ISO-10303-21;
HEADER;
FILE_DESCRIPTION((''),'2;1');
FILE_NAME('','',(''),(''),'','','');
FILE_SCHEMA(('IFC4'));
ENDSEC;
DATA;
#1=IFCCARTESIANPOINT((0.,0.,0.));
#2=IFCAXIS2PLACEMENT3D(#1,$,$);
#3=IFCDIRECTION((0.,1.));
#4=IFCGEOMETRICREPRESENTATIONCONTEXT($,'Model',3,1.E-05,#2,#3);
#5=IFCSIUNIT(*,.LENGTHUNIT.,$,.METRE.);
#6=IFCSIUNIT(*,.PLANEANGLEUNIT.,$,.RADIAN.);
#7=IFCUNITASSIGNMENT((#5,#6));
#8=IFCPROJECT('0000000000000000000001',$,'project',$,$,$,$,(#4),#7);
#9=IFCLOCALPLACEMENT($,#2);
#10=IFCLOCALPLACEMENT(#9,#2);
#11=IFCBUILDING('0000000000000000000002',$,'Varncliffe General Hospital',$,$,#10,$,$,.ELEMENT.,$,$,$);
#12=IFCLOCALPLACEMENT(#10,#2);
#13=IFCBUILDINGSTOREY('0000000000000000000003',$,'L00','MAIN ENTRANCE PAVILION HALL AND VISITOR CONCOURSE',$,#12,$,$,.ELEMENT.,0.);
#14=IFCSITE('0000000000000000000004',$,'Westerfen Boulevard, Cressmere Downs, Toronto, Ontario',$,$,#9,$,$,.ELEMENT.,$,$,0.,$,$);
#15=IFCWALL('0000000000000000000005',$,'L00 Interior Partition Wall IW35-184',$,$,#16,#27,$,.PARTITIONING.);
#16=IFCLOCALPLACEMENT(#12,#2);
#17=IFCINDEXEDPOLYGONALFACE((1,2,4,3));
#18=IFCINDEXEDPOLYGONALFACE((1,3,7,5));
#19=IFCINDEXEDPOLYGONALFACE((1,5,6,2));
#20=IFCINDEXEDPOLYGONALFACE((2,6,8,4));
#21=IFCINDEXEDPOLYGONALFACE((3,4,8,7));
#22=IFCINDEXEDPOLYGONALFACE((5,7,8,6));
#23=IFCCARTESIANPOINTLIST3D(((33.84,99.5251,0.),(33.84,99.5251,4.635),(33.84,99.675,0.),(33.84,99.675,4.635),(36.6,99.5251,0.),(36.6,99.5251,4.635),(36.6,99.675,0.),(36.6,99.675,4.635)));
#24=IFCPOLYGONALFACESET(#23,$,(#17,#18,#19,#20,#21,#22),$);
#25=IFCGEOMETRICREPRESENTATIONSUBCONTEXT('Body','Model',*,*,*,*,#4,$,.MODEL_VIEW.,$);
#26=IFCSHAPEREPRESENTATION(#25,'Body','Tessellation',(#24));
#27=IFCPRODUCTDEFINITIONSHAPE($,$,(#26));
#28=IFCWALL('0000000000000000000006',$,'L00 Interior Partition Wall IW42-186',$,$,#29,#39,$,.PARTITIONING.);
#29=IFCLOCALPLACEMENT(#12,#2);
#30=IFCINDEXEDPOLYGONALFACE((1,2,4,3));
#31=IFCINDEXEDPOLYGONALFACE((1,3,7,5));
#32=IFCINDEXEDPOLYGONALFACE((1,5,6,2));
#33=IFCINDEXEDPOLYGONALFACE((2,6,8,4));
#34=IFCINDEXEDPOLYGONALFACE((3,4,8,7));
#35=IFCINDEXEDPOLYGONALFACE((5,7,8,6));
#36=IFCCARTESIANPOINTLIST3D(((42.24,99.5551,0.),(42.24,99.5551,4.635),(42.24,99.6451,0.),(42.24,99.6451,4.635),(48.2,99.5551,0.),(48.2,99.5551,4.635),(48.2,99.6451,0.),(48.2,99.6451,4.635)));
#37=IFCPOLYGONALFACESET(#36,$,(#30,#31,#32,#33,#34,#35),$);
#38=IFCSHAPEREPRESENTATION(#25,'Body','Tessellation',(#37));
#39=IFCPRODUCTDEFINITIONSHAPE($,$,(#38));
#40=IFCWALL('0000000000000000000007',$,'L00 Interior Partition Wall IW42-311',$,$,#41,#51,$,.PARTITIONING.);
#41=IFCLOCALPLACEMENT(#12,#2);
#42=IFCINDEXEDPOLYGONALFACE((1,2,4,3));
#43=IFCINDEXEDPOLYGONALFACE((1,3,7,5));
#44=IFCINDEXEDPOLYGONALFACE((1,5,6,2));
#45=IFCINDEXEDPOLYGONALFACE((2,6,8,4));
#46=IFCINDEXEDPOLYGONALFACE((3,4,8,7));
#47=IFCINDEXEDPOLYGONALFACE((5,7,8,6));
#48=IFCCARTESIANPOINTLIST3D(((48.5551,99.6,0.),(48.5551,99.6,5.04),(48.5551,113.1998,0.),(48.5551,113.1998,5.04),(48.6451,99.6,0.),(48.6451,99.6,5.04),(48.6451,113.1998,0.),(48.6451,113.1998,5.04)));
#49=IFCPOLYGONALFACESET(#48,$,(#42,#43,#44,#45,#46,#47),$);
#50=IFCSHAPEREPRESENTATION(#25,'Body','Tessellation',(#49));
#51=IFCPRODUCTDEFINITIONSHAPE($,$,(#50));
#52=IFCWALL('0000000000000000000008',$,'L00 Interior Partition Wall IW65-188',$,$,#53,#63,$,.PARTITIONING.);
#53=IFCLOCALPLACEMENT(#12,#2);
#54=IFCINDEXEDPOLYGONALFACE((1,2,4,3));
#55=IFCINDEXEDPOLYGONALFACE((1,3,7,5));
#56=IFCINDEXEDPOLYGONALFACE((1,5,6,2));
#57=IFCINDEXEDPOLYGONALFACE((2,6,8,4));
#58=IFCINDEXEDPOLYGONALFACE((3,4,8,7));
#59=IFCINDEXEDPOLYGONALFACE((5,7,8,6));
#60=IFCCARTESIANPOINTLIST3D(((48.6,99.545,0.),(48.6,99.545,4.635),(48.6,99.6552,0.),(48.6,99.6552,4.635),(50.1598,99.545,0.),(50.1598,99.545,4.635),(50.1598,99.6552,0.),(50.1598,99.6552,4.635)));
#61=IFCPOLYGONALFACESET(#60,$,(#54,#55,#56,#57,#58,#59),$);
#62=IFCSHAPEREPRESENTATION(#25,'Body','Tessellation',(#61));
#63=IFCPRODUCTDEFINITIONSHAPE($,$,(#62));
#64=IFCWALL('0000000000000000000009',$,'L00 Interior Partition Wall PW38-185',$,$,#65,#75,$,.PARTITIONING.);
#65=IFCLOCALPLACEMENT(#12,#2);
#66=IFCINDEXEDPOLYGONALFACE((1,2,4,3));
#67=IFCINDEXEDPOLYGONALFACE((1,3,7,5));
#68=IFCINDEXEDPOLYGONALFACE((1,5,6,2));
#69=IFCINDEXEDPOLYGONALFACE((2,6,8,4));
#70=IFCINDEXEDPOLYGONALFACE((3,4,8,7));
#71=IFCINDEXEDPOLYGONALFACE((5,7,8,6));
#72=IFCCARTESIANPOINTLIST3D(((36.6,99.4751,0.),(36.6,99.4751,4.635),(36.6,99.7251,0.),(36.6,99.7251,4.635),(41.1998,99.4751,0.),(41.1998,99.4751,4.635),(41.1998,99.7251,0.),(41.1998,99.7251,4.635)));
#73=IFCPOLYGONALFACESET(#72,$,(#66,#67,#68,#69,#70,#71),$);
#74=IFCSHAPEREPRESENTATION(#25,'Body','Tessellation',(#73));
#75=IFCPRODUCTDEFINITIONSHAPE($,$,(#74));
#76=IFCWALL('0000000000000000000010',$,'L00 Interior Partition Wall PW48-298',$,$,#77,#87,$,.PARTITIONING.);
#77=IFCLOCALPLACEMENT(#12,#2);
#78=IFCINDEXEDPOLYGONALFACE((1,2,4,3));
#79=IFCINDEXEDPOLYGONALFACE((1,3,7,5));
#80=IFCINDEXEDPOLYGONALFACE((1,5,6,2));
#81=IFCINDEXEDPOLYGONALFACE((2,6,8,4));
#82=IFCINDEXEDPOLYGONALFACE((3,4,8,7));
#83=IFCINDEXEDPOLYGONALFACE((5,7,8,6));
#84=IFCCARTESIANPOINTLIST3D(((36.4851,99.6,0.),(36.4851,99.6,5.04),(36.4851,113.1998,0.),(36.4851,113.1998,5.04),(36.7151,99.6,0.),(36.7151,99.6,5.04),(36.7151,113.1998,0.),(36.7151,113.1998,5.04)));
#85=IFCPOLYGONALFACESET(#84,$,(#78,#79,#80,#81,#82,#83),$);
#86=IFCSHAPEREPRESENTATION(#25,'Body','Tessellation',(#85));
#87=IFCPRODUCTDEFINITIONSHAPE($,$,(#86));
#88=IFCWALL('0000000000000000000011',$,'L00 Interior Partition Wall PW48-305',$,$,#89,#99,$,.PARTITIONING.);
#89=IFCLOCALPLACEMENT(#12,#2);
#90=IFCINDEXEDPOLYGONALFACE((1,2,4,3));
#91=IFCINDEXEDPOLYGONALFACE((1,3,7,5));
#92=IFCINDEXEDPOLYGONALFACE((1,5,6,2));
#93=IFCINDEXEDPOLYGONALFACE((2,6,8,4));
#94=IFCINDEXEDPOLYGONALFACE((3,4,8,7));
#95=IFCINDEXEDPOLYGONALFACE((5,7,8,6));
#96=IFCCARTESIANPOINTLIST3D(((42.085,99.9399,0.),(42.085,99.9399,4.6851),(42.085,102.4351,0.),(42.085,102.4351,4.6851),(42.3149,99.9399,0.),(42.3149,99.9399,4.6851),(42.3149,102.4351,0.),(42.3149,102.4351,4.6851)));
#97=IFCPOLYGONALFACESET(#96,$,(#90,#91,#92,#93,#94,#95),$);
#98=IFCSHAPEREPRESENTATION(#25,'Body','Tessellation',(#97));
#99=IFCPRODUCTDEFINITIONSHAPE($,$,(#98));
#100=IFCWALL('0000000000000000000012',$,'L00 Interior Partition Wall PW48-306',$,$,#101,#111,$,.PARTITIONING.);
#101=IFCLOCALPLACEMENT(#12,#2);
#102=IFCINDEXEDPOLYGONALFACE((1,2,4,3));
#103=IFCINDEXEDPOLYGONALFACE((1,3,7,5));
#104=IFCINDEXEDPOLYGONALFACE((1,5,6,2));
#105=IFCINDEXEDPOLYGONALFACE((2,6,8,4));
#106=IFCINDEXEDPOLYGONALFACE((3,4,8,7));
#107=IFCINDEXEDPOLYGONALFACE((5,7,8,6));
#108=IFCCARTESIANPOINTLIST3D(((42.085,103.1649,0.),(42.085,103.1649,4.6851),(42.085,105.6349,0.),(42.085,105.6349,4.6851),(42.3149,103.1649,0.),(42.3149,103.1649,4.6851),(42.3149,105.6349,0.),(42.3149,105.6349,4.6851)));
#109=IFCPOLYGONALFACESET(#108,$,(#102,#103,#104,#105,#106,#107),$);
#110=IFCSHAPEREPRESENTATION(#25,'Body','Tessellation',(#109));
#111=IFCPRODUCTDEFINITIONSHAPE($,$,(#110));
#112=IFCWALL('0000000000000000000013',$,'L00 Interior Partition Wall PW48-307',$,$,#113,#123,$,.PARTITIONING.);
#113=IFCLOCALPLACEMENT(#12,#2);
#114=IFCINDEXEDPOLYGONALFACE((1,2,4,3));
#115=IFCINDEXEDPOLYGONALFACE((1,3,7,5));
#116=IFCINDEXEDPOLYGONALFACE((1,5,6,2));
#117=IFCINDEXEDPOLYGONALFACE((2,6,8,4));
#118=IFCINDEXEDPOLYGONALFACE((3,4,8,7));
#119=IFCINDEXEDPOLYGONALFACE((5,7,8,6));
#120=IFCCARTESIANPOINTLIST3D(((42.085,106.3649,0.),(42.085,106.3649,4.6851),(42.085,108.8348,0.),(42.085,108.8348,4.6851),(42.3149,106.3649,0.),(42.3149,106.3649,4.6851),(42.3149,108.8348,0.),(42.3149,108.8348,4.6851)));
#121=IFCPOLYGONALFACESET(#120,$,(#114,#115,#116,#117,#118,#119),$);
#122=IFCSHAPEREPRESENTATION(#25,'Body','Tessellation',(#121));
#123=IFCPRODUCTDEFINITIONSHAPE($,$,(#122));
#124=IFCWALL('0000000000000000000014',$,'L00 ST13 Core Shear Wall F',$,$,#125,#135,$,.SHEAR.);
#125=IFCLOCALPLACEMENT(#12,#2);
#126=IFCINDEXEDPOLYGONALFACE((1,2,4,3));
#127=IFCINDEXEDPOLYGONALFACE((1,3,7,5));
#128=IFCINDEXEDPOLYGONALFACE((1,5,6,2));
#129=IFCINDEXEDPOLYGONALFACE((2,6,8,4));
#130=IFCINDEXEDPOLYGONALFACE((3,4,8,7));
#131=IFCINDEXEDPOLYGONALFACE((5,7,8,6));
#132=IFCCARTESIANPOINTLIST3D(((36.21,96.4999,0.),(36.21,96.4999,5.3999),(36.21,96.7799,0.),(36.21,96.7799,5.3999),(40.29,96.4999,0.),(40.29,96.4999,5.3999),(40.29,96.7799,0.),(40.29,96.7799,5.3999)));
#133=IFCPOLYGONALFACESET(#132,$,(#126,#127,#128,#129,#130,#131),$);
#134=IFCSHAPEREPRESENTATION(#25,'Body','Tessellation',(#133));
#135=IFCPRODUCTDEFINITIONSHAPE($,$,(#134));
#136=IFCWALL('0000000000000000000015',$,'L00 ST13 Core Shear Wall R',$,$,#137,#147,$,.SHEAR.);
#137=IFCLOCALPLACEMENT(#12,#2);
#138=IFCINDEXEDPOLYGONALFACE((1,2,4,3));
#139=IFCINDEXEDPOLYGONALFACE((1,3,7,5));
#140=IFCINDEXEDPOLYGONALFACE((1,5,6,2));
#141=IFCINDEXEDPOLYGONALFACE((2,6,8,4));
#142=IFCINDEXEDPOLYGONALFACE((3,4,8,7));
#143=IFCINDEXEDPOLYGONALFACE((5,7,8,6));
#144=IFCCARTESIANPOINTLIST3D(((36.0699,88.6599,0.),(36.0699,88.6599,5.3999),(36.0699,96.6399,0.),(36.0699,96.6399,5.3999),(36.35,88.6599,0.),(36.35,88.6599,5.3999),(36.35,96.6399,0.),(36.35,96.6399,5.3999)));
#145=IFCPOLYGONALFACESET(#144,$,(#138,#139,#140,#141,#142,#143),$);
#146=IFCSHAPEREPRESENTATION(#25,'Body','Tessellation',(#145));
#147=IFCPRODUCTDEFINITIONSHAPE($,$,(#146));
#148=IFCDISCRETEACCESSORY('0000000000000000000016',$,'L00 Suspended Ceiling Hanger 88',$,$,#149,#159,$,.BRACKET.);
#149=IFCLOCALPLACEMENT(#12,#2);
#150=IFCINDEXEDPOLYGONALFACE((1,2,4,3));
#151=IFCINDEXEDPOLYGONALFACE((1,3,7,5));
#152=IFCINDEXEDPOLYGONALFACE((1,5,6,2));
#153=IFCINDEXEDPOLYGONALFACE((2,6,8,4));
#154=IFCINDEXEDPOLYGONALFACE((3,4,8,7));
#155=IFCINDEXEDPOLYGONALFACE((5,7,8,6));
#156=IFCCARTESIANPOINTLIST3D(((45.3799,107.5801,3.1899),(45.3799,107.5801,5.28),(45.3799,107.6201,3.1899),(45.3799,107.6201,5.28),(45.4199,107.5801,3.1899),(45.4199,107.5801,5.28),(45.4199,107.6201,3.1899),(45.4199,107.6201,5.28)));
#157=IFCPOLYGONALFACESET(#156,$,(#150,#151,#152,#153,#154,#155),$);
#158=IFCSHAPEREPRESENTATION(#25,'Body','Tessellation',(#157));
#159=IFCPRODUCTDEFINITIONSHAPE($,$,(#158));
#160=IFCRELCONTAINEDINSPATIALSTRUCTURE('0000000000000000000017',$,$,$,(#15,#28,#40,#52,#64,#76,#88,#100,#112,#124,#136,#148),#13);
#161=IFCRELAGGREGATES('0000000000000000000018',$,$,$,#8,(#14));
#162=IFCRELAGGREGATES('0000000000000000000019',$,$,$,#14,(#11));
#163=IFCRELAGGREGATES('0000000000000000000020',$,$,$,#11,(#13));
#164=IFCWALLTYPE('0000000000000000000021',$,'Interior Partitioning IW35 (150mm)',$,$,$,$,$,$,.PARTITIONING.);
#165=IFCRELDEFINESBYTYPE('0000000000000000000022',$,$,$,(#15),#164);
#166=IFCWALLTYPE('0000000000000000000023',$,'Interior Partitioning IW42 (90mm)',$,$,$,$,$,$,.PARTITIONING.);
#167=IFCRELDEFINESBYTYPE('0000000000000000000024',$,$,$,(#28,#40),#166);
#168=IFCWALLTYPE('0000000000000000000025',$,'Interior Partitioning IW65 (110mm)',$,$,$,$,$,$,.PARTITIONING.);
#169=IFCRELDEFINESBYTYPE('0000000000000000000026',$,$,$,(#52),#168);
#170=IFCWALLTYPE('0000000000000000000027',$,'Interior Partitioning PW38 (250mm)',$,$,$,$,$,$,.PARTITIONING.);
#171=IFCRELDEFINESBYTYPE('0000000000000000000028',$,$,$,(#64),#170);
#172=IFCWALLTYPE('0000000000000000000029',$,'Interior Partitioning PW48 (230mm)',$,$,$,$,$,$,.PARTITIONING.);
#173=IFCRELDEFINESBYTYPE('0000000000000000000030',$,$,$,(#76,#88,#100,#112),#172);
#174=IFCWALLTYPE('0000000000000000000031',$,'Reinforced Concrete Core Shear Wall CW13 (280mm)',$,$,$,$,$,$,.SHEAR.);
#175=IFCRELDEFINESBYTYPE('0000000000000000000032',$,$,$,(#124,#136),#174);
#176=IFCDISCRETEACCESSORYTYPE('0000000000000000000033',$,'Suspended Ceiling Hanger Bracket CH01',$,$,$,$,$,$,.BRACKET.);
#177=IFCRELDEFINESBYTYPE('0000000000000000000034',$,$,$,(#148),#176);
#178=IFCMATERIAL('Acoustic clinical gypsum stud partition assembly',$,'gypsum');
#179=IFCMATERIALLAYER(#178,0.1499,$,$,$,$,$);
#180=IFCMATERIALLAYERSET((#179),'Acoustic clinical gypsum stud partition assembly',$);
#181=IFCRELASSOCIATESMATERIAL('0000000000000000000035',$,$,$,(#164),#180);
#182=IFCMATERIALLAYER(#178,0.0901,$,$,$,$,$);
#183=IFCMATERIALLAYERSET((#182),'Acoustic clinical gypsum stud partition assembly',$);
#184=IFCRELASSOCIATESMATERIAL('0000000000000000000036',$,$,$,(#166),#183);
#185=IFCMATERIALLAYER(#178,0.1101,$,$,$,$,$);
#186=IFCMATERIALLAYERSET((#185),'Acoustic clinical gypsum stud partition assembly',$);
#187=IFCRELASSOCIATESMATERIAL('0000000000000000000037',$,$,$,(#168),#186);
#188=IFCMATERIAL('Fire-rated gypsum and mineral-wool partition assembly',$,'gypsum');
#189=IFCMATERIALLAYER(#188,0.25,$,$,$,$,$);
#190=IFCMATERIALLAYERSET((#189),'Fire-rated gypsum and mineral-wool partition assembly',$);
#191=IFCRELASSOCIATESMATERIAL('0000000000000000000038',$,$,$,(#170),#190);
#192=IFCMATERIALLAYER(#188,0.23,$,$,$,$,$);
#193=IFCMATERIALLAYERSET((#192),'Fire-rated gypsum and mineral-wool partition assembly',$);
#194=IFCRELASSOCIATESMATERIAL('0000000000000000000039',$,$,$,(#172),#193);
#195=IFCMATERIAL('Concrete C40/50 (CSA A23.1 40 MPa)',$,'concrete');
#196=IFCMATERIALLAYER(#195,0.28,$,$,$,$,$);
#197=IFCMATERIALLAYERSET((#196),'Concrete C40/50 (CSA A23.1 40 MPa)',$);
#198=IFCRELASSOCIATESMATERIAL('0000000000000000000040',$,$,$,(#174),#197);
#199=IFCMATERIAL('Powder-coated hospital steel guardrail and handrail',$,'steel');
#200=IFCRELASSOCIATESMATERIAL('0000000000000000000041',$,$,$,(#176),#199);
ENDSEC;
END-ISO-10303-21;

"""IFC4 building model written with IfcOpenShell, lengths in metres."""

from ifc_helpers import new_model, si_unit, direction, frame, frame_2d, origin, origin_2d, place, context, subcontext, project, spatial, rectangle, extrude, material, layer, layer_set, type_object, element, save


model = new_model("IFC4")

# Units and contexts
model_context = context("Model", 3, precision=1e-05, world=origin(), true_north=direction((0.0, 1.0)))
body_context = subcontext(model_context, "Body", "Model", "MODEL_VIEW")
ifc_project = project(units=[si_unit("LENGTHUNIT", "METRE"), si_unit("PLANEANGLEUNIT", "RADIAN")], contexts=[model_context])

# Site, building, storey
site_placement = place(None, origin())
site = spatial("IfcSite", under=ifc_project, at=site_placement, Name="Westerfen Boulevard, Cressmere Downs, Toronto, Ontario", CompositionType="ELEMENT", RefElevation=0.0)
building_placement = place(site_placement, origin())
building = spatial("IfcBuilding", under=site, at=building_placement, Name="Varncliffe General Hospital", CompositionType="ELEMENT")
storey_placement = place(building_placement, origin())
storey = spatial("IfcBuildingStorey", under=building, at=storey_placement, Name="L00", Description="MAIN ENTRANCE PAVILION HALL AND VISITOR CONCOURSE", CompositionType="ELEMENT", Elevation=0.0)

# Shared definitions
ifc_material_1 = material(Name="Concrete C40/50 (CSA A23.1 40 MPa)", Category="concrete")

# Walls
ifc_material_2 = material(Name="Acoustic clinical gypsum stud partition assembly", Category="gypsum")
ifc_layer_1 = layer(ifc_material_2, 0.1499)
ifc_layer_set_1 = layer_set([ifc_layer_1], Name="Acoustic clinical gypsum stud partition assembly")
wall_type_1 = type_object("IfcWallType", Name="Interior Partitioning IW35 (150mm)", PredefinedType="PARTITIONING", material=ifc_layer_set_1)
wall_1_placement = place(storey_placement, frame((33.8401, 99.6001, 0.0), z_axis=(0.0, 0.0, 1.0), x_axis=(1.0, 0.0, 0.0)))
element("IfcWall", 1, at=wall_1_placement, inside=storey, type_object=wall_type_1, Name="L00 Interior Partition Wall IW35-184", PredefinedType="PARTITIONING", context=body_context, shape_type="SweptSolid", body=[
    extrude(rectangle(XDim=2.76, YDim=0.1499, at=frame_2d((1.3799, 0.0))), origin(), (0.0, 0.0, 1.0), 4.635),
])
ifc_layer_2 = layer(ifc_material_2, 0.0901)
ifc_layer_set_2 = layer_set([ifc_layer_2], Name="Acoustic clinical gypsum stud partition assembly")
wall_type_2 = type_object("IfcWallType", Name="Interior Partitioning IW42 (90mm)", PredefinedType="PARTITIONING", material=ifc_layer_set_2)
wall_2_placement = place(storey_placement, frame((42.24, 99.6001, 0.0), z_axis=(0.0, 0.0, 1.0), x_axis=(1.0, 0.0, 0.0)))
element("IfcWall", 2, at=wall_2_placement, inside=storey, type_object=wall_type_2, Name="L00 Interior Partition Wall IW42-186", PredefinedType="PARTITIONING", context=body_context, shape_type="SweptSolid", body=[
    extrude(rectangle(XDim=5.96, YDim=0.0901, at=frame_2d((2.98, 0.0))), origin(), (0.0, 0.0, 1.0), 4.635),
])
wall_3_placement = place(storey_placement, frame((48.6001, 99.6001, 0.0), z_axis=(0.0, 0.0, 1.0), x_axis=(0.0, 1.0, 0.0)))
element("IfcWall", 3, at=wall_3_placement, inside=storey, type_object=wall_type_2, Name="L00 Interior Partition Wall IW42-311", PredefinedType="PARTITIONING", context=body_context, shape_type="SweptSolid", body=[
    extrude(rectangle(XDim=13.5999, YDim=0.0901, at=frame_2d((6.7998, 0.0))), origin(), (0.0, 0.0, 1.0), 5.04),
])
ifc_layer_3 = layer(ifc_material_2, 0.1101)
ifc_layer_set_3 = layer_set([ifc_layer_3], Name="Acoustic clinical gypsum stud partition assembly")
wall_type_3 = type_object("IfcWallType", Name="Interior Partitioning IW65 (110mm)", PredefinedType="PARTITIONING", material=ifc_layer_set_3)
wall_4_placement = place(storey_placement, frame((48.6001, 99.6001, 0.0), z_axis=(0.0, 0.0, 1.0), x_axis=(1.0, 0.0, 0.0)))
element("IfcWall", 4, at=wall_4_placement, inside=storey, type_object=wall_type_3, Name="L00 Interior Partition Wall IW65-188", PredefinedType="PARTITIONING", context=body_context, shape_type="SweptSolid", body=[
    extrude(rectangle(XDim=1.5598, YDim=0.1101, at=frame_2d((0.7798, 0.0))), origin(), (0.0, 0.0, 1.0), 4.635),
])
ifc_material_3 = material(Name="Fire-rated gypsum and mineral-wool partition assembly", Category="gypsum")
ifc_layer_4 = layer(ifc_material_3, 0.25)
ifc_layer_set_4 = layer_set([ifc_layer_4], Name="Fire-rated gypsum and mineral-wool partition assembly")
wall_type_4 = type_object("IfcWallType", Name="Interior Partitioning PW38 (250mm)", PredefinedType="PARTITIONING", material=ifc_layer_set_4)
wall_5_placement = place(storey_placement, frame((36.6001, 99.6001, 0.0), z_axis=(0.0, 0.0, 1.0), x_axis=(1.0, 0.0, 0.0)))
element("IfcWall", 5, at=wall_5_placement, inside=storey, type_object=wall_type_4, Name="L00 Interior Partition Wall PW38-185", PredefinedType="PARTITIONING", context=body_context, shape_type="SweptSolid", body=[
    extrude(rectangle(XDim=4.5999, YDim=0.25, at=frame_2d((2.2998, 0.0))), origin(), (0.0, 0.0, 1.0), 4.635),
])
ifc_layer_5 = layer(ifc_material_3, 0.23)
ifc_layer_set_5 = layer_set([ifc_layer_5], Name="Fire-rated gypsum and mineral-wool partition assembly")
wall_type_5 = type_object("IfcWallType", Name="Interior Partitioning PW48 (230mm)", PredefinedType="PARTITIONING", material=ifc_layer_set_5)
wall_6_placement = place(storey_placement, frame((36.6001, 99.6001, 0.0), z_axis=(0.0, 0.0, 1.0), x_axis=(0.0, 1.0, 0.0)))
element("IfcWall", 6, at=wall_6_placement, inside=storey, type_object=wall_type_5, Name="L00 Interior Partition Wall PW48-298", PredefinedType="PARTITIONING", context=body_context, shape_type="SweptSolid", body=[
    extrude(rectangle(XDim=13.5999, YDim=0.23, at=frame_2d((6.7998, 0.0))), origin(), (0.0, 0.0, 1.0), 5.04),
])
wall_7_placement = place(storey_placement, frame((42.2, 99.9399, 0.0), z_axis=(0.0, 0.0, 1.0), x_axis=(0.0, 1.0, 0.0)))
element("IfcWall", 7, at=wall_7_placement, inside=storey, type_object=wall_type_5, Name="L00 Interior Partition Wall PW48-305", PredefinedType="PARTITIONING", context=body_context, shape_type="SweptSolid", body=[
    extrude(rectangle(XDim=2.4951, YDim=0.23, at=frame_2d((1.2476, 0.0))), origin(), (0.0, 0.0, 1.0), 4.6851),
])
for number, where, z_axis, x_axis, name in (
    (8, (42.2, 103.165, 0.0), (0.0, 0.0, 1.0), (0.0, 1.0, 0.0), "L00 Interior Partition Wall PW48-306"),
    (9, (42.2, 106.365, 0.0), (0.0, 0.0, 1.0), (0.0, 1.0, 0.0), "L00 Interior Partition Wall PW48-307"),
):
    element("IfcWall", number, at=place(storey_placement, frame(where, z_axis=z_axis, x_axis=x_axis)), inside=storey, type_object=wall_type_5, Name=name, PredefinedType="PARTITIONING", context=body_context, shape_type="SweptSolid", body=[
        extrude(rectangle(XDim=2.47, YDim=0.23, at=frame_2d((1.2349, 0.0))), origin(), (0.0, 0.0, 1.0), 4.6851),
    ])
ifc_layer_6 = layer(ifc_material_1, 0.28)
ifc_layer_set_6 = layer_set([ifc_layer_6], Name="Concrete C40/50 (CSA A23.1 40 MPa)")
wall_type_6 = type_object("IfcWallType", Name="Reinforced Concrete Core Shear Wall CW13 (280mm)", PredefinedType="SHEAR", material=ifc_layer_set_6)
wall_8_placement = place(storey_placement, frame((40.29, 96.6399, 0.0), z_axis=(0.0, 0.0, 1.0), x_axis=(-1.0, 0.0, 0.0)))
element("IfcWall", 10, at=wall_8_placement, inside=storey, type_object=wall_type_6, Name="L00 ST13 Core Shear Wall F", PredefinedType="SHEAR", context=body_context, shape_type="SweptSolid", body=[
    extrude(rectangle(XDim=4.0801, YDim=0.28, at=frame_2d((2.04, 0.0))), origin(), (0.0, 0.0, 1.0), 5.3999),
])
wall_9_placement = place(storey_placement, frame((36.21, 96.6399, 0.0), z_axis=(0.0, 0.0, 1.0), x_axis=(0.0, -1.0, 0.0)))
element("IfcWall", 11, at=wall_9_placement, inside=storey, type_object=wall_type_6, Name="L00 ST13 Core Shear Wall R", PredefinedType="SHEAR", context=body_context, shape_type="SweptSolid", body=[
    extrude(rectangle(XDim=7.98, YDim=0.28, at=frame_2d((3.99, 0.0))), origin(), (0.0, 0.0, 1.0), 5.3999),
])

# Discrete accessory
ifc_material_4 = material(Name="Powder-coated hospital steel guardrail and handrail", Category="steel")
discrete_accessory_type = type_object("IfcDiscreteAccessoryType", Name="Suspended Ceiling Hanger Bracket CH01", PredefinedType="BRACKET", material=ifc_material_4)
discrete_accessory_placement = place(storey_placement, frame((45.3999, 107.6001, 3.1899), z_axis=(0.0, 0.0, 1.0), x_axis=(1.0, 0.0, 0.0)))
element("IfcDiscreteAccessory", 12, at=discrete_accessory_placement, inside=storey, type_object=discrete_accessory_type, Name="L00 Suspended Ceiling Hanger 88", PredefinedType="BRACKET", context=body_context, shape_type="SweptSolid", body=[
    extrude(rectangle(XDim=0.04, YDim=0.04, at=origin_2d()), origin(), (0.0, 0.0, 1.0), 2.0901),
])

save(model, "model.ifc")
